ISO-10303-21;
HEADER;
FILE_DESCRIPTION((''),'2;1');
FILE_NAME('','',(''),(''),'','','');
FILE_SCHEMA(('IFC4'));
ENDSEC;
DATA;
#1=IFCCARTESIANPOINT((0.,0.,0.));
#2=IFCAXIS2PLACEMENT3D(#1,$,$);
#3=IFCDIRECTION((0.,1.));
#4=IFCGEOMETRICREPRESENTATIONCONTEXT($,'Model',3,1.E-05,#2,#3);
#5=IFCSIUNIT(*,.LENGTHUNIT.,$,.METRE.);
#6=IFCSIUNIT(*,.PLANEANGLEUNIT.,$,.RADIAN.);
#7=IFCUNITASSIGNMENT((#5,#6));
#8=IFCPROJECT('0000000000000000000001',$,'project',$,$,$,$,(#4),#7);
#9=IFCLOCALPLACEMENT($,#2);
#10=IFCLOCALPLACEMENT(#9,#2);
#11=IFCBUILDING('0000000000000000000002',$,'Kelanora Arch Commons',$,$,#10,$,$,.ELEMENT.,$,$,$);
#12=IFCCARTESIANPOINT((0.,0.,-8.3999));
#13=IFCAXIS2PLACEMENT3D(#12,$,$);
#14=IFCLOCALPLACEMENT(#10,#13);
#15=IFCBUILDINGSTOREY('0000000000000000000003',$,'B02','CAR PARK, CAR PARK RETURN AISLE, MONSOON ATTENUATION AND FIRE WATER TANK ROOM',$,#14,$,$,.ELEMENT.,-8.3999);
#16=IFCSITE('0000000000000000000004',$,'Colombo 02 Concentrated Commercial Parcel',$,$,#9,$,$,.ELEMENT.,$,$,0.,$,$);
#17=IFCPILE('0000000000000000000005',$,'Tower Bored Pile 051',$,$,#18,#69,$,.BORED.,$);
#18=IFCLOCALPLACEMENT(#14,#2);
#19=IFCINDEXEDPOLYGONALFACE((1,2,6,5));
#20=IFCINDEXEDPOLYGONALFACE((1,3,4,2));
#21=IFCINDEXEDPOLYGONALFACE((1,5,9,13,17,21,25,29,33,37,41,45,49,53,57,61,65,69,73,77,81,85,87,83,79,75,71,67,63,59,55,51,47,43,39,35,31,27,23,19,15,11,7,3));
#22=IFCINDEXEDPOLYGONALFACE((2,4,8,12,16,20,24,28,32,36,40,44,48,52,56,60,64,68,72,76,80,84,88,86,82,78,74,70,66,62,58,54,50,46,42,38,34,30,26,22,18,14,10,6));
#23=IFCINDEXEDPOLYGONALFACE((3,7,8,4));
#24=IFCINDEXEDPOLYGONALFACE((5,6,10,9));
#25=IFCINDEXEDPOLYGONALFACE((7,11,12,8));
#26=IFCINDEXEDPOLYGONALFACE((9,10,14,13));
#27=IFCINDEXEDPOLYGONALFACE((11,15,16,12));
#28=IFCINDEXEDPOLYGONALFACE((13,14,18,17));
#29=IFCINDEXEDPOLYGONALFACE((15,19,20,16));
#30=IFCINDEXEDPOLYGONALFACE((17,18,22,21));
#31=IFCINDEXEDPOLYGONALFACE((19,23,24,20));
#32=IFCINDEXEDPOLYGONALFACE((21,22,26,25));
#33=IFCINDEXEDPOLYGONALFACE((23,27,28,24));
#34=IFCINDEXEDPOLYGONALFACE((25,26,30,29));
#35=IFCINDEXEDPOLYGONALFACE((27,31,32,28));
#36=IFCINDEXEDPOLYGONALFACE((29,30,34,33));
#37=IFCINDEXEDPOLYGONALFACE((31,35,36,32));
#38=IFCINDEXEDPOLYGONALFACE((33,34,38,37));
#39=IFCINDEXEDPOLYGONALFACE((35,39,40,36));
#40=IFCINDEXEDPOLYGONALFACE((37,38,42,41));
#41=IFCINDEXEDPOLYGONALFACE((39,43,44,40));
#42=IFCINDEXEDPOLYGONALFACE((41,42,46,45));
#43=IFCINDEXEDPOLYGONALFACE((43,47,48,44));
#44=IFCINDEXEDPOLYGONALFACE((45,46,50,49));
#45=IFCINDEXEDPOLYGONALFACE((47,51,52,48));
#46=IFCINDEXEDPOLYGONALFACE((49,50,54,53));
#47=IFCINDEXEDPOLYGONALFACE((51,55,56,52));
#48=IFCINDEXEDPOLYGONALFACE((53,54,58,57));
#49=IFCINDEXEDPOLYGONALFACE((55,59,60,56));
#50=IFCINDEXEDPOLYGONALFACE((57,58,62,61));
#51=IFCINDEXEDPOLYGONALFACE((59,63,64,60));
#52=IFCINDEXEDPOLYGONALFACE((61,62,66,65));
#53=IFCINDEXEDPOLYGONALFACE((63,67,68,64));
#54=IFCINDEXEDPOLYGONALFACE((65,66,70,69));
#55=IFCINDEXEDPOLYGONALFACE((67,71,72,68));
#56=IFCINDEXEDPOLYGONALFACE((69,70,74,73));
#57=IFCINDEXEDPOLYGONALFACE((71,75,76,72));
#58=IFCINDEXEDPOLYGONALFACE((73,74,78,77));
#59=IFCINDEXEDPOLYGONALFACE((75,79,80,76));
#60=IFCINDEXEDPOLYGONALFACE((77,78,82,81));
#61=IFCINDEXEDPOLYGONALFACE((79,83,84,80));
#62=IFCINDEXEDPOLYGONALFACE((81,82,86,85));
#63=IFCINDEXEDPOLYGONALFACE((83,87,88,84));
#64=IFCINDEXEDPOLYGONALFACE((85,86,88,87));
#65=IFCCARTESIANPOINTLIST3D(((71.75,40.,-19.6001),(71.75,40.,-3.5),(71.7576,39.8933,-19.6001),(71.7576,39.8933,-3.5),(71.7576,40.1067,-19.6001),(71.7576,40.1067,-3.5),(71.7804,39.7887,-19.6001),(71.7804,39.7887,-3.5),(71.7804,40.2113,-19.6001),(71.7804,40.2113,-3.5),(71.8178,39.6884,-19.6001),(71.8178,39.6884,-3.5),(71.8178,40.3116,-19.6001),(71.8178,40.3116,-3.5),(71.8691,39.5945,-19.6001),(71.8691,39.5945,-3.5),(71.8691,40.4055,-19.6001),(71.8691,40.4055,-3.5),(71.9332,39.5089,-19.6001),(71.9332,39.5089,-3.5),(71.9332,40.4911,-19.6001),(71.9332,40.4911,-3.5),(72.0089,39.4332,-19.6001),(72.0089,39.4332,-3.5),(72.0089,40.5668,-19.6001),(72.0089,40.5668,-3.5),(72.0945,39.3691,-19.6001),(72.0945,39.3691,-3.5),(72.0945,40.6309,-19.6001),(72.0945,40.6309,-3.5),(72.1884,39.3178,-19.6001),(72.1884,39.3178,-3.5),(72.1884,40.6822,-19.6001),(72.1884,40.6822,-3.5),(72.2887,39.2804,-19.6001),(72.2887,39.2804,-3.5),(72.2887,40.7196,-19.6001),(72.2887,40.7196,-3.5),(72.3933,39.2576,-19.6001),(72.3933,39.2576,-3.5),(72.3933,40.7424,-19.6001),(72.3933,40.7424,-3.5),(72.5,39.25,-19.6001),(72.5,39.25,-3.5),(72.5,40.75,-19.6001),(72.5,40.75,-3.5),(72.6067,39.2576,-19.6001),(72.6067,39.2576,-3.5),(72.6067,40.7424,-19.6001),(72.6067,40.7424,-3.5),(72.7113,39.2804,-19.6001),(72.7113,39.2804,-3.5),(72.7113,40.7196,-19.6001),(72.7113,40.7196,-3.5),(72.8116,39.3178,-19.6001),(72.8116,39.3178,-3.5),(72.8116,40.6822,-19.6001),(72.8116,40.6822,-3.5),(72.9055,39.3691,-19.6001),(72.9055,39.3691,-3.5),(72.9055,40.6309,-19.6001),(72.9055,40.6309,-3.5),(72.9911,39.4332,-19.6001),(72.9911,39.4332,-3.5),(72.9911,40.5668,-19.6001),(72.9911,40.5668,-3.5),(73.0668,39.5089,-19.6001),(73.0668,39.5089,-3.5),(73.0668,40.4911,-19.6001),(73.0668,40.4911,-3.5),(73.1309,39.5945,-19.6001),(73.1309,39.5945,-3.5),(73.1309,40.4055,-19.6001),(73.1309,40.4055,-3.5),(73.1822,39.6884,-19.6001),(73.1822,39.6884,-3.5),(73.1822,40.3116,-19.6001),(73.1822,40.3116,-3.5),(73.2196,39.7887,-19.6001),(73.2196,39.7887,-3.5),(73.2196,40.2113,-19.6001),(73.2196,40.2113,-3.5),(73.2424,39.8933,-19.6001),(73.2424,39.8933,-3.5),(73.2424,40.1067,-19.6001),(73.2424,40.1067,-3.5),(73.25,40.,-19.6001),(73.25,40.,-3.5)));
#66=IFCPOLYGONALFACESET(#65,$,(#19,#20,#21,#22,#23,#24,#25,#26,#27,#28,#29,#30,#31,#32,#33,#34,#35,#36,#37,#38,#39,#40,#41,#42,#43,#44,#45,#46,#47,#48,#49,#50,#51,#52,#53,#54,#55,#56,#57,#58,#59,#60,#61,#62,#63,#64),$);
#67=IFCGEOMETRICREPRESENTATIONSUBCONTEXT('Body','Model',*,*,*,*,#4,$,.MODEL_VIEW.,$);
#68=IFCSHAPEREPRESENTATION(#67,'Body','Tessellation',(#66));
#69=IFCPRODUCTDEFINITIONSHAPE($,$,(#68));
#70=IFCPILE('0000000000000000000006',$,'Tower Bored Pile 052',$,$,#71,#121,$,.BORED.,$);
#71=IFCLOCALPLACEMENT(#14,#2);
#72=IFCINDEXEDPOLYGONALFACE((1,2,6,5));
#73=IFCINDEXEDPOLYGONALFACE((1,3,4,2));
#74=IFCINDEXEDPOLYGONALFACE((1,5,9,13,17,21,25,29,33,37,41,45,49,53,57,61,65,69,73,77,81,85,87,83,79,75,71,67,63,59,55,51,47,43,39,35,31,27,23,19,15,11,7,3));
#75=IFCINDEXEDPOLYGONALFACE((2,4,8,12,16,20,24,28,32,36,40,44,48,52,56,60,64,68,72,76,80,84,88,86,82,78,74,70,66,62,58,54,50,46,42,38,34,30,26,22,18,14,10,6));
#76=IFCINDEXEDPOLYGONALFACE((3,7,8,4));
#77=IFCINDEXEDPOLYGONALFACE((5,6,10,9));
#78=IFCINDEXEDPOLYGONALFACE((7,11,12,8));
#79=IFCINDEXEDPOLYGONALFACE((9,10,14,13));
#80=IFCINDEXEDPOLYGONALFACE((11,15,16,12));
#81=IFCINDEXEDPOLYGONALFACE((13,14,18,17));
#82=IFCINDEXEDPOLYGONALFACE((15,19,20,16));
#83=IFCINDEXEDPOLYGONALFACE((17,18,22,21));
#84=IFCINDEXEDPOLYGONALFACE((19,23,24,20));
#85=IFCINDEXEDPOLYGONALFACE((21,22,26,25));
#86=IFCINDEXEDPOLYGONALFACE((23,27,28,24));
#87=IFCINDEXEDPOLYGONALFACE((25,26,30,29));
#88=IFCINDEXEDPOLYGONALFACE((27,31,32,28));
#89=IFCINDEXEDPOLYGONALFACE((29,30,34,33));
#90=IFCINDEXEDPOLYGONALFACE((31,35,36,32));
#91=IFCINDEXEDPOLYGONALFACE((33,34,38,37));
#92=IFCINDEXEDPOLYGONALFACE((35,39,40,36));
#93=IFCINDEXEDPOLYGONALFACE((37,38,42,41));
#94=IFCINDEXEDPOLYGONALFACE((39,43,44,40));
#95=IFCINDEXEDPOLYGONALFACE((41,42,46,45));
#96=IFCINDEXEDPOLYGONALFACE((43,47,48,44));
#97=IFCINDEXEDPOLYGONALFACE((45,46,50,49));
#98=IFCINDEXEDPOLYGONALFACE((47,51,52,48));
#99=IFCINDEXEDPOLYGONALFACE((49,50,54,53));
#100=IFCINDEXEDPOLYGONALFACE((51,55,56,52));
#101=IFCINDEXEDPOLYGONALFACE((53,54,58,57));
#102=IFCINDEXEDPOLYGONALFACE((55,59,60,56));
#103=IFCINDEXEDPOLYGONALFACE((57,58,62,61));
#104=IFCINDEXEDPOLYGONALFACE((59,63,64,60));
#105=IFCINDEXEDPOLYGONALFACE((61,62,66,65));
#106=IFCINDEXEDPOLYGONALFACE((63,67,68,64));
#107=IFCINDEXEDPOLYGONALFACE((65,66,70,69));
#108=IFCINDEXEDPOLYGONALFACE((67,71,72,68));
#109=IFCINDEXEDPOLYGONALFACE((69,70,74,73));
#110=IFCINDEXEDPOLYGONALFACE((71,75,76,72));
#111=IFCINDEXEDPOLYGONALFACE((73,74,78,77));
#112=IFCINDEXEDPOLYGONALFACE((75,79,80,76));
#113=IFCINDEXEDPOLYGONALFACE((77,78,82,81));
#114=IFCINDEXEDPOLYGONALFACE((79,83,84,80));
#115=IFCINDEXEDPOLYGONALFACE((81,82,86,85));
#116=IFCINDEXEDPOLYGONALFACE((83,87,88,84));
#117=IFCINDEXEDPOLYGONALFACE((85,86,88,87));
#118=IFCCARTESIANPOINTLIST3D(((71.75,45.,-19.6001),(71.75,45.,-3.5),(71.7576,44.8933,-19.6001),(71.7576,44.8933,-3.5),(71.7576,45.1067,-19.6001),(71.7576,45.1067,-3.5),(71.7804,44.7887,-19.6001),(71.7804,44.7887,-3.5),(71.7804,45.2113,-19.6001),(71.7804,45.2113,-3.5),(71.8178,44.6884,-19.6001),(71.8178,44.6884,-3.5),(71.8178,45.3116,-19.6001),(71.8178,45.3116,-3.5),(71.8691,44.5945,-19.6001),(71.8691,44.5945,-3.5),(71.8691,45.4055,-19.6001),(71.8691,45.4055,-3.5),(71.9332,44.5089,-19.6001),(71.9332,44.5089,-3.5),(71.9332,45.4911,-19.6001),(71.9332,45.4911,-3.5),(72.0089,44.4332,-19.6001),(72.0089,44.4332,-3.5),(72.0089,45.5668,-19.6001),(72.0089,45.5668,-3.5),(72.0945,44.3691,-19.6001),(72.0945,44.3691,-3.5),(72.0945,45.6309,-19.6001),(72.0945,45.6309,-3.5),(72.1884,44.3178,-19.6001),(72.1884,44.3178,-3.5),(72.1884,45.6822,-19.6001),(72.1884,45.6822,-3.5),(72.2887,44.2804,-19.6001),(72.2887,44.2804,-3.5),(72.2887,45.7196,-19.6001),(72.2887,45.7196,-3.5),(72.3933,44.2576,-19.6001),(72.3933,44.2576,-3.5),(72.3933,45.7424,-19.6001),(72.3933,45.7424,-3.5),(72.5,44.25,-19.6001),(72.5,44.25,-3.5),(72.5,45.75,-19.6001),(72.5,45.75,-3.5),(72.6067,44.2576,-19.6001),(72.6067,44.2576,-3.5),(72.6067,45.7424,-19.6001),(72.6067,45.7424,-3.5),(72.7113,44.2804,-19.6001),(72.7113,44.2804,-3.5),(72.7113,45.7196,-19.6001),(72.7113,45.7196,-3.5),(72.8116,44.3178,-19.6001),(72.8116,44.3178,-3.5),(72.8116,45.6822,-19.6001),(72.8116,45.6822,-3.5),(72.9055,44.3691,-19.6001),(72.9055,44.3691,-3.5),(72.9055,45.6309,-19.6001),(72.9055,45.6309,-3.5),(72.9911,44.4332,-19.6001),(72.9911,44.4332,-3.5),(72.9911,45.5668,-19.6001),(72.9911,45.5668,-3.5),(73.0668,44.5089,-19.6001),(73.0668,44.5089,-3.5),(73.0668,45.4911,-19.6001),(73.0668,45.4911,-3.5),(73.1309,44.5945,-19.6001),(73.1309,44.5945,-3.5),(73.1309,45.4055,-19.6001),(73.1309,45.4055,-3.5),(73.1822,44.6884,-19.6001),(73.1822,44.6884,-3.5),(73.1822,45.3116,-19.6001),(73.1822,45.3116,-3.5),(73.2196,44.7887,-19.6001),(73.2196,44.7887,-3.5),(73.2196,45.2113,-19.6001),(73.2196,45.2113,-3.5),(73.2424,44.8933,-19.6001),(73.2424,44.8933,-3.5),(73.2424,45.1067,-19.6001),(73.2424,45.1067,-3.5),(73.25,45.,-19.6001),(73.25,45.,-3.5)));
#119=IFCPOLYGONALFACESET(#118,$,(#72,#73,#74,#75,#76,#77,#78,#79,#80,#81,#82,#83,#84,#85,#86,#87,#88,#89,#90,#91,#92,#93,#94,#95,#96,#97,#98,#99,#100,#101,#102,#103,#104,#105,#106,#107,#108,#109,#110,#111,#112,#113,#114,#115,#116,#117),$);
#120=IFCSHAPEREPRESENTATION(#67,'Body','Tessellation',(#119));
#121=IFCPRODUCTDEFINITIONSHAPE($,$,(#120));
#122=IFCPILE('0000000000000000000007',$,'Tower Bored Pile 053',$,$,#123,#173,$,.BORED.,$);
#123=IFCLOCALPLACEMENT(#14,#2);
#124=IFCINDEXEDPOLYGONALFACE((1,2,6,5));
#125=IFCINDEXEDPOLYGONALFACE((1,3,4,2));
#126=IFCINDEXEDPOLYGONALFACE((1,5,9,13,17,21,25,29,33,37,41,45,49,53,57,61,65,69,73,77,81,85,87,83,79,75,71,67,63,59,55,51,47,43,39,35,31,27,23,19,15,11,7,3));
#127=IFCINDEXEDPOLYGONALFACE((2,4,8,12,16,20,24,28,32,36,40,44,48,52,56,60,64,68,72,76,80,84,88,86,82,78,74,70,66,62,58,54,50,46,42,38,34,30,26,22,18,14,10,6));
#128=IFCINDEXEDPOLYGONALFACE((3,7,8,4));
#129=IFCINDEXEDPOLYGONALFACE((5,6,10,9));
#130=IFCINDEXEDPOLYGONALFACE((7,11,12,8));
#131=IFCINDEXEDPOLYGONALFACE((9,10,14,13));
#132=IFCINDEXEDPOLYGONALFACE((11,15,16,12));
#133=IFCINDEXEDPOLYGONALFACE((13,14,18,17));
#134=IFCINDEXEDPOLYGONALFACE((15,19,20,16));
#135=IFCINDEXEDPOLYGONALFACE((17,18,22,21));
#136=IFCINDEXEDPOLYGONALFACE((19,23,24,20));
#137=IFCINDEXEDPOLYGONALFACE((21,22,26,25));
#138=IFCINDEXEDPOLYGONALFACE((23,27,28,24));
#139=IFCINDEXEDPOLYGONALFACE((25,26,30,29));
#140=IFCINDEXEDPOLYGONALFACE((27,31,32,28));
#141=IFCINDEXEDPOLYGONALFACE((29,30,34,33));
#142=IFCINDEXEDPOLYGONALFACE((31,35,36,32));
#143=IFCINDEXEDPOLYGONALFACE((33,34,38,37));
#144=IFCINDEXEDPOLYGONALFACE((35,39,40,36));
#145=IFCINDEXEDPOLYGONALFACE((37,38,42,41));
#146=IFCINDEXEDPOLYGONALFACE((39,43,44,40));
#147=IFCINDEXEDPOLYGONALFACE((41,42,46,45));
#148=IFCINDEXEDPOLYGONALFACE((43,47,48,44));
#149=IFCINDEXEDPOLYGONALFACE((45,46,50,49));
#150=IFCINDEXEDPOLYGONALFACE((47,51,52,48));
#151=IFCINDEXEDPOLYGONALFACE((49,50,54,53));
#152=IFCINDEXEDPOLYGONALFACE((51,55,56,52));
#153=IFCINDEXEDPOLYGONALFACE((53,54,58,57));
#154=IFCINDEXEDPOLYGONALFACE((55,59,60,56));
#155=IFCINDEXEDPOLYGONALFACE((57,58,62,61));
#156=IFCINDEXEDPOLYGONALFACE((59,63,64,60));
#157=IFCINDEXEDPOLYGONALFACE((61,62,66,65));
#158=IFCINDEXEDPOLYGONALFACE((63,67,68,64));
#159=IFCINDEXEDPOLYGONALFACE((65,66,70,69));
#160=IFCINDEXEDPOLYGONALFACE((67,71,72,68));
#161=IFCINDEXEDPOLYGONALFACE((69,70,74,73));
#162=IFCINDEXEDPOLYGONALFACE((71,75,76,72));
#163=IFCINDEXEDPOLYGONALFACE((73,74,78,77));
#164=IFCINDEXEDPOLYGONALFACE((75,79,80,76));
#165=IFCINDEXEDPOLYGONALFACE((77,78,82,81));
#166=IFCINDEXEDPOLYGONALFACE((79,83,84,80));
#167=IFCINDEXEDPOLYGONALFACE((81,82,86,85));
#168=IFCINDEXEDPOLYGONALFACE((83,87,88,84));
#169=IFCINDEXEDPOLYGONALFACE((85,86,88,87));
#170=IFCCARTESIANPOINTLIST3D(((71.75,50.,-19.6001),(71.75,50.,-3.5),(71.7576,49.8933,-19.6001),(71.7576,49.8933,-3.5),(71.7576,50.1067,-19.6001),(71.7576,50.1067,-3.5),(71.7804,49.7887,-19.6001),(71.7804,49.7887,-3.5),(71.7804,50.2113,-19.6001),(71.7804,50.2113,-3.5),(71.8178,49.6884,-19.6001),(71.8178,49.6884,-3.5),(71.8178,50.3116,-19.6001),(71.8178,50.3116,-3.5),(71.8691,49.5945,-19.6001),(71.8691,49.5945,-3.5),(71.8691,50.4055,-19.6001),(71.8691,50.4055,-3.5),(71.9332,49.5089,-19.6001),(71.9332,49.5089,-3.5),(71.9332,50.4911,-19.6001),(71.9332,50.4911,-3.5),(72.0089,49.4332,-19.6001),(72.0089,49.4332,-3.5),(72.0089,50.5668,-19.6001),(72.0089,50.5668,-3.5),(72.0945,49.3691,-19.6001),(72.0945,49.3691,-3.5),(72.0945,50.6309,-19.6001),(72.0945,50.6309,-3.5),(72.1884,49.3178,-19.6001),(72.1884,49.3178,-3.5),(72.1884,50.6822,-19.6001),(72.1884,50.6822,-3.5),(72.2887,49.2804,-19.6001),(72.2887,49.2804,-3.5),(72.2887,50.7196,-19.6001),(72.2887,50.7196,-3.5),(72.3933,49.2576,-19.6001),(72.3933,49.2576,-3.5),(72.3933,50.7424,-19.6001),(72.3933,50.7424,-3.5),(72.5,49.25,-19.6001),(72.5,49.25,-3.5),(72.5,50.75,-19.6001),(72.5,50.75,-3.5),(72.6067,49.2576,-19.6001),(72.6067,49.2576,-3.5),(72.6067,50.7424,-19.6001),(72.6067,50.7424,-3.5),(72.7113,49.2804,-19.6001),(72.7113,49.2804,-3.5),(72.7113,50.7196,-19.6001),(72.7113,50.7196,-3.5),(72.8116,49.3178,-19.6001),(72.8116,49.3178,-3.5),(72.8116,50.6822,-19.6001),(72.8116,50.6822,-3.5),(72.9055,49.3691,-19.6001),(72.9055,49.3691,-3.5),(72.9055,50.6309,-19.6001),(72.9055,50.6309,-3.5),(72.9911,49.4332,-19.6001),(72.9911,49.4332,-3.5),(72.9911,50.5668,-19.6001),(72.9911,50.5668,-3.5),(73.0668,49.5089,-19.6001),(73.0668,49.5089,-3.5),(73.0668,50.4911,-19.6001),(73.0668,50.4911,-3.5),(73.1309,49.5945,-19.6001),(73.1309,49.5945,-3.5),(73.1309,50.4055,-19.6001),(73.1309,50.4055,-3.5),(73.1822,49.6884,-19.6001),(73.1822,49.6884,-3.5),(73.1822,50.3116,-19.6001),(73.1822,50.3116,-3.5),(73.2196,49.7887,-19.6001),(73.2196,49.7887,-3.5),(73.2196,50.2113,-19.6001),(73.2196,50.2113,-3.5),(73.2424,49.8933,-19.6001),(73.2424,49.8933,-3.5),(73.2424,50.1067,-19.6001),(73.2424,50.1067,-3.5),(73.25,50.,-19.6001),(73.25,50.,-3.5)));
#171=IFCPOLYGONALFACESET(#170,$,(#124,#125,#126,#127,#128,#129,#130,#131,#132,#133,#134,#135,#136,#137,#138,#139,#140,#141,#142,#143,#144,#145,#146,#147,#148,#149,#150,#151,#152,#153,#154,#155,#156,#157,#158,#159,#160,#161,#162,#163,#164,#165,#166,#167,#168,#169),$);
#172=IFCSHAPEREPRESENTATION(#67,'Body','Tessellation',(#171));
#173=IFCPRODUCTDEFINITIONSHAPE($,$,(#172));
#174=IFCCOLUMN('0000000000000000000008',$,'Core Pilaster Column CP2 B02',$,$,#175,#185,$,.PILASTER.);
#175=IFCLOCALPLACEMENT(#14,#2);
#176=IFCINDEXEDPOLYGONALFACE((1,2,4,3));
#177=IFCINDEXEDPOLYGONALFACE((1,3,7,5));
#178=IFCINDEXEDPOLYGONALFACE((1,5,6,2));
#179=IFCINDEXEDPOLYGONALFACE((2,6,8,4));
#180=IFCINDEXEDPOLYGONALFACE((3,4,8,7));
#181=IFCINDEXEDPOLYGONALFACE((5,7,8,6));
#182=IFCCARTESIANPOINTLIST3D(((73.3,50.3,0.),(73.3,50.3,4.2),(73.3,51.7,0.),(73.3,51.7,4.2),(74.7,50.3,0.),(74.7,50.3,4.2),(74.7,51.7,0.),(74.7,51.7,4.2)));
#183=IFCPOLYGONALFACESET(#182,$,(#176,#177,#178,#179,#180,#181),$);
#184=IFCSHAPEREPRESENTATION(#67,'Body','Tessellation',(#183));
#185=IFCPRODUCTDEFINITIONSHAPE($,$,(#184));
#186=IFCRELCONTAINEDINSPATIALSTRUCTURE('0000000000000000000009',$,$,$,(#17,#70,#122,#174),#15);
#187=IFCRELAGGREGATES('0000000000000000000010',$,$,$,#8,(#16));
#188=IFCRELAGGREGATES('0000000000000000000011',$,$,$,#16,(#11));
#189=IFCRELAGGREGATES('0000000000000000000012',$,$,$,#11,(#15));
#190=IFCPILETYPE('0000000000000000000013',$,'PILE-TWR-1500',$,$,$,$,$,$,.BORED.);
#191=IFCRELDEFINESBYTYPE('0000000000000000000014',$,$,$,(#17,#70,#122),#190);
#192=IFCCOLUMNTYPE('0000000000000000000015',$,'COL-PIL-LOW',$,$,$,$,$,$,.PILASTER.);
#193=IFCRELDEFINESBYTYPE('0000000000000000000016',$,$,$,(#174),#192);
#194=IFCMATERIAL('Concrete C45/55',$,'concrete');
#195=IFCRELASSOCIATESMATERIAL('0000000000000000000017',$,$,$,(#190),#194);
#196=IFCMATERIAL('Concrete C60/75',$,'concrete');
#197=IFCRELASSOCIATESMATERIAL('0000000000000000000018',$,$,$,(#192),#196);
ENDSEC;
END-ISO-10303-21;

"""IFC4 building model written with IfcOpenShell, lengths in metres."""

from ifc_helpers import new_model, si_unit, direction, frame, origin, origin_2d, place, context, subcontext, project, spatial, rectangle, circle, extrude, source, transform, mapped, material, material_profile, profile_set, type_object, element, save


model = new_model("IFC4")

# Units and contexts
model_context = context("Model", 3, precision=1e-05, world=origin(), true_north=direction((0.0, 1.0)))
body_context = subcontext(model_context, "Body", "Model", "MODEL_VIEW")
ifc_project = project(units=[si_unit("LENGTHUNIT", "METRE"), si_unit("PLANEANGLEUNIT", "RADIAN")], contexts=[model_context])

# Site, building, storey
site_placement = place(None, origin())
site = spatial("IfcSite", under=ifc_project, at=site_placement, Name="Colombo 02 Concentrated Commercial Parcel", CompositionType="ELEMENT", RefElevation=0.0)
building_placement = place(site_placement, origin())
building = spatial("IfcBuilding", under=site, at=building_placement, Name="Kelanora Arch Commons", CompositionType="ELEMENT")
storey_placement = place(building_placement, frame((0.0, 0.0, -8.3999)))
storey = spatial("IfcBuildingStorey", under=building, at=storey_placement, Name="B02", Description="CAR PARK, CAR PARK RETURN AISLE, MONSOON ATTENUATION AND FIRE WATER TANK ROOM", CompositionType="ELEMENT", Elevation=-8.3999)

# Piles
ifc_material_1 = material(Name="Concrete C45/55", Category="concrete")
ifc_material_profile_1 = material_profile(ifc_material_1, circle(Radius=0.75, at=origin_2d()), Name="PILE1500")
ifc_profile_set_1 = profile_set([ifc_material_profile_1], Name="Concrete C45/55")
pile_type = type_object("IfcPileType", Name="PILE-TWR-1500", PredefinedType="BORED", material=ifc_profile_set_1)
shared_shape = source(origin(), body_context, "Body", "SweptSolid", [
    extrude(circle(Radius=0.75, at=origin_2d()), origin(), (0.0, 0.0, 1.0), 16.1001),
])
for number, where, z_axis, x_axis, name in (
    (1, (72.5, 40.0, -3.5), (0.0, 0.0, -1.0), (1.0, 0.0, 0.0), "Tower Bored Pile 051"),
    (2, (72.5, 45.0, -3.5), (0.0, 0.0, -1.0), (1.0, 0.0, 0.0), "Tower Bored Pile 052"),
    (3, (72.5, 50.0, -3.5), (0.0, 0.0, -1.0), (1.0, 0.0, 0.0), "Tower Bored Pile 053"),
):
    element("IfcPile", number, at=place(storey_placement, frame(where, z_axis=z_axis, x_axis=x_axis)), inside=storey, type_object=pile_type, Name=name, PredefinedType="BORED", context=body_context, shape_type="MappedRepresentation", body=[
        mapped(shared_shape, transform((0.0, 0.0, 0.0), scale=1.0)),
    ])

# Column
ifc_material_2 = material(Name="Concrete C60/75", Category="concrete")
ifc_material_profile_2 = material_profile(ifc_material_2, rectangle(XDim=1.3999, YDim=1.3999, at=origin_2d()), Name="RC1400x1400")
ifc_profile_set_2 = profile_set([ifc_material_profile_2], Name="Concrete C60/75")
column_type = type_object("IfcColumnType", Name="COL-PIL-LOW", PredefinedType="PILASTER", material=ifc_profile_set_2)
column_placement = place(storey_placement, frame((74.0, 51.0, 0.0), z_axis=(0.0, 0.0, 1.0), x_axis=(1.0, 0.0, 0.0)))
element("IfcColumn", 4, at=column_placement, inside=storey, type_object=column_type, Name="Core Pilaster Column CP2 B02", PredefinedType="PILASTER", context=body_context, shape_type="SweptSolid", body=[
    extrude(rectangle(XDim=1.3999, YDim=1.3999, at=origin_2d()), origin(), (0.0, 0.0, 1.0), 4.2),
])

save(model, "model.ifc")
